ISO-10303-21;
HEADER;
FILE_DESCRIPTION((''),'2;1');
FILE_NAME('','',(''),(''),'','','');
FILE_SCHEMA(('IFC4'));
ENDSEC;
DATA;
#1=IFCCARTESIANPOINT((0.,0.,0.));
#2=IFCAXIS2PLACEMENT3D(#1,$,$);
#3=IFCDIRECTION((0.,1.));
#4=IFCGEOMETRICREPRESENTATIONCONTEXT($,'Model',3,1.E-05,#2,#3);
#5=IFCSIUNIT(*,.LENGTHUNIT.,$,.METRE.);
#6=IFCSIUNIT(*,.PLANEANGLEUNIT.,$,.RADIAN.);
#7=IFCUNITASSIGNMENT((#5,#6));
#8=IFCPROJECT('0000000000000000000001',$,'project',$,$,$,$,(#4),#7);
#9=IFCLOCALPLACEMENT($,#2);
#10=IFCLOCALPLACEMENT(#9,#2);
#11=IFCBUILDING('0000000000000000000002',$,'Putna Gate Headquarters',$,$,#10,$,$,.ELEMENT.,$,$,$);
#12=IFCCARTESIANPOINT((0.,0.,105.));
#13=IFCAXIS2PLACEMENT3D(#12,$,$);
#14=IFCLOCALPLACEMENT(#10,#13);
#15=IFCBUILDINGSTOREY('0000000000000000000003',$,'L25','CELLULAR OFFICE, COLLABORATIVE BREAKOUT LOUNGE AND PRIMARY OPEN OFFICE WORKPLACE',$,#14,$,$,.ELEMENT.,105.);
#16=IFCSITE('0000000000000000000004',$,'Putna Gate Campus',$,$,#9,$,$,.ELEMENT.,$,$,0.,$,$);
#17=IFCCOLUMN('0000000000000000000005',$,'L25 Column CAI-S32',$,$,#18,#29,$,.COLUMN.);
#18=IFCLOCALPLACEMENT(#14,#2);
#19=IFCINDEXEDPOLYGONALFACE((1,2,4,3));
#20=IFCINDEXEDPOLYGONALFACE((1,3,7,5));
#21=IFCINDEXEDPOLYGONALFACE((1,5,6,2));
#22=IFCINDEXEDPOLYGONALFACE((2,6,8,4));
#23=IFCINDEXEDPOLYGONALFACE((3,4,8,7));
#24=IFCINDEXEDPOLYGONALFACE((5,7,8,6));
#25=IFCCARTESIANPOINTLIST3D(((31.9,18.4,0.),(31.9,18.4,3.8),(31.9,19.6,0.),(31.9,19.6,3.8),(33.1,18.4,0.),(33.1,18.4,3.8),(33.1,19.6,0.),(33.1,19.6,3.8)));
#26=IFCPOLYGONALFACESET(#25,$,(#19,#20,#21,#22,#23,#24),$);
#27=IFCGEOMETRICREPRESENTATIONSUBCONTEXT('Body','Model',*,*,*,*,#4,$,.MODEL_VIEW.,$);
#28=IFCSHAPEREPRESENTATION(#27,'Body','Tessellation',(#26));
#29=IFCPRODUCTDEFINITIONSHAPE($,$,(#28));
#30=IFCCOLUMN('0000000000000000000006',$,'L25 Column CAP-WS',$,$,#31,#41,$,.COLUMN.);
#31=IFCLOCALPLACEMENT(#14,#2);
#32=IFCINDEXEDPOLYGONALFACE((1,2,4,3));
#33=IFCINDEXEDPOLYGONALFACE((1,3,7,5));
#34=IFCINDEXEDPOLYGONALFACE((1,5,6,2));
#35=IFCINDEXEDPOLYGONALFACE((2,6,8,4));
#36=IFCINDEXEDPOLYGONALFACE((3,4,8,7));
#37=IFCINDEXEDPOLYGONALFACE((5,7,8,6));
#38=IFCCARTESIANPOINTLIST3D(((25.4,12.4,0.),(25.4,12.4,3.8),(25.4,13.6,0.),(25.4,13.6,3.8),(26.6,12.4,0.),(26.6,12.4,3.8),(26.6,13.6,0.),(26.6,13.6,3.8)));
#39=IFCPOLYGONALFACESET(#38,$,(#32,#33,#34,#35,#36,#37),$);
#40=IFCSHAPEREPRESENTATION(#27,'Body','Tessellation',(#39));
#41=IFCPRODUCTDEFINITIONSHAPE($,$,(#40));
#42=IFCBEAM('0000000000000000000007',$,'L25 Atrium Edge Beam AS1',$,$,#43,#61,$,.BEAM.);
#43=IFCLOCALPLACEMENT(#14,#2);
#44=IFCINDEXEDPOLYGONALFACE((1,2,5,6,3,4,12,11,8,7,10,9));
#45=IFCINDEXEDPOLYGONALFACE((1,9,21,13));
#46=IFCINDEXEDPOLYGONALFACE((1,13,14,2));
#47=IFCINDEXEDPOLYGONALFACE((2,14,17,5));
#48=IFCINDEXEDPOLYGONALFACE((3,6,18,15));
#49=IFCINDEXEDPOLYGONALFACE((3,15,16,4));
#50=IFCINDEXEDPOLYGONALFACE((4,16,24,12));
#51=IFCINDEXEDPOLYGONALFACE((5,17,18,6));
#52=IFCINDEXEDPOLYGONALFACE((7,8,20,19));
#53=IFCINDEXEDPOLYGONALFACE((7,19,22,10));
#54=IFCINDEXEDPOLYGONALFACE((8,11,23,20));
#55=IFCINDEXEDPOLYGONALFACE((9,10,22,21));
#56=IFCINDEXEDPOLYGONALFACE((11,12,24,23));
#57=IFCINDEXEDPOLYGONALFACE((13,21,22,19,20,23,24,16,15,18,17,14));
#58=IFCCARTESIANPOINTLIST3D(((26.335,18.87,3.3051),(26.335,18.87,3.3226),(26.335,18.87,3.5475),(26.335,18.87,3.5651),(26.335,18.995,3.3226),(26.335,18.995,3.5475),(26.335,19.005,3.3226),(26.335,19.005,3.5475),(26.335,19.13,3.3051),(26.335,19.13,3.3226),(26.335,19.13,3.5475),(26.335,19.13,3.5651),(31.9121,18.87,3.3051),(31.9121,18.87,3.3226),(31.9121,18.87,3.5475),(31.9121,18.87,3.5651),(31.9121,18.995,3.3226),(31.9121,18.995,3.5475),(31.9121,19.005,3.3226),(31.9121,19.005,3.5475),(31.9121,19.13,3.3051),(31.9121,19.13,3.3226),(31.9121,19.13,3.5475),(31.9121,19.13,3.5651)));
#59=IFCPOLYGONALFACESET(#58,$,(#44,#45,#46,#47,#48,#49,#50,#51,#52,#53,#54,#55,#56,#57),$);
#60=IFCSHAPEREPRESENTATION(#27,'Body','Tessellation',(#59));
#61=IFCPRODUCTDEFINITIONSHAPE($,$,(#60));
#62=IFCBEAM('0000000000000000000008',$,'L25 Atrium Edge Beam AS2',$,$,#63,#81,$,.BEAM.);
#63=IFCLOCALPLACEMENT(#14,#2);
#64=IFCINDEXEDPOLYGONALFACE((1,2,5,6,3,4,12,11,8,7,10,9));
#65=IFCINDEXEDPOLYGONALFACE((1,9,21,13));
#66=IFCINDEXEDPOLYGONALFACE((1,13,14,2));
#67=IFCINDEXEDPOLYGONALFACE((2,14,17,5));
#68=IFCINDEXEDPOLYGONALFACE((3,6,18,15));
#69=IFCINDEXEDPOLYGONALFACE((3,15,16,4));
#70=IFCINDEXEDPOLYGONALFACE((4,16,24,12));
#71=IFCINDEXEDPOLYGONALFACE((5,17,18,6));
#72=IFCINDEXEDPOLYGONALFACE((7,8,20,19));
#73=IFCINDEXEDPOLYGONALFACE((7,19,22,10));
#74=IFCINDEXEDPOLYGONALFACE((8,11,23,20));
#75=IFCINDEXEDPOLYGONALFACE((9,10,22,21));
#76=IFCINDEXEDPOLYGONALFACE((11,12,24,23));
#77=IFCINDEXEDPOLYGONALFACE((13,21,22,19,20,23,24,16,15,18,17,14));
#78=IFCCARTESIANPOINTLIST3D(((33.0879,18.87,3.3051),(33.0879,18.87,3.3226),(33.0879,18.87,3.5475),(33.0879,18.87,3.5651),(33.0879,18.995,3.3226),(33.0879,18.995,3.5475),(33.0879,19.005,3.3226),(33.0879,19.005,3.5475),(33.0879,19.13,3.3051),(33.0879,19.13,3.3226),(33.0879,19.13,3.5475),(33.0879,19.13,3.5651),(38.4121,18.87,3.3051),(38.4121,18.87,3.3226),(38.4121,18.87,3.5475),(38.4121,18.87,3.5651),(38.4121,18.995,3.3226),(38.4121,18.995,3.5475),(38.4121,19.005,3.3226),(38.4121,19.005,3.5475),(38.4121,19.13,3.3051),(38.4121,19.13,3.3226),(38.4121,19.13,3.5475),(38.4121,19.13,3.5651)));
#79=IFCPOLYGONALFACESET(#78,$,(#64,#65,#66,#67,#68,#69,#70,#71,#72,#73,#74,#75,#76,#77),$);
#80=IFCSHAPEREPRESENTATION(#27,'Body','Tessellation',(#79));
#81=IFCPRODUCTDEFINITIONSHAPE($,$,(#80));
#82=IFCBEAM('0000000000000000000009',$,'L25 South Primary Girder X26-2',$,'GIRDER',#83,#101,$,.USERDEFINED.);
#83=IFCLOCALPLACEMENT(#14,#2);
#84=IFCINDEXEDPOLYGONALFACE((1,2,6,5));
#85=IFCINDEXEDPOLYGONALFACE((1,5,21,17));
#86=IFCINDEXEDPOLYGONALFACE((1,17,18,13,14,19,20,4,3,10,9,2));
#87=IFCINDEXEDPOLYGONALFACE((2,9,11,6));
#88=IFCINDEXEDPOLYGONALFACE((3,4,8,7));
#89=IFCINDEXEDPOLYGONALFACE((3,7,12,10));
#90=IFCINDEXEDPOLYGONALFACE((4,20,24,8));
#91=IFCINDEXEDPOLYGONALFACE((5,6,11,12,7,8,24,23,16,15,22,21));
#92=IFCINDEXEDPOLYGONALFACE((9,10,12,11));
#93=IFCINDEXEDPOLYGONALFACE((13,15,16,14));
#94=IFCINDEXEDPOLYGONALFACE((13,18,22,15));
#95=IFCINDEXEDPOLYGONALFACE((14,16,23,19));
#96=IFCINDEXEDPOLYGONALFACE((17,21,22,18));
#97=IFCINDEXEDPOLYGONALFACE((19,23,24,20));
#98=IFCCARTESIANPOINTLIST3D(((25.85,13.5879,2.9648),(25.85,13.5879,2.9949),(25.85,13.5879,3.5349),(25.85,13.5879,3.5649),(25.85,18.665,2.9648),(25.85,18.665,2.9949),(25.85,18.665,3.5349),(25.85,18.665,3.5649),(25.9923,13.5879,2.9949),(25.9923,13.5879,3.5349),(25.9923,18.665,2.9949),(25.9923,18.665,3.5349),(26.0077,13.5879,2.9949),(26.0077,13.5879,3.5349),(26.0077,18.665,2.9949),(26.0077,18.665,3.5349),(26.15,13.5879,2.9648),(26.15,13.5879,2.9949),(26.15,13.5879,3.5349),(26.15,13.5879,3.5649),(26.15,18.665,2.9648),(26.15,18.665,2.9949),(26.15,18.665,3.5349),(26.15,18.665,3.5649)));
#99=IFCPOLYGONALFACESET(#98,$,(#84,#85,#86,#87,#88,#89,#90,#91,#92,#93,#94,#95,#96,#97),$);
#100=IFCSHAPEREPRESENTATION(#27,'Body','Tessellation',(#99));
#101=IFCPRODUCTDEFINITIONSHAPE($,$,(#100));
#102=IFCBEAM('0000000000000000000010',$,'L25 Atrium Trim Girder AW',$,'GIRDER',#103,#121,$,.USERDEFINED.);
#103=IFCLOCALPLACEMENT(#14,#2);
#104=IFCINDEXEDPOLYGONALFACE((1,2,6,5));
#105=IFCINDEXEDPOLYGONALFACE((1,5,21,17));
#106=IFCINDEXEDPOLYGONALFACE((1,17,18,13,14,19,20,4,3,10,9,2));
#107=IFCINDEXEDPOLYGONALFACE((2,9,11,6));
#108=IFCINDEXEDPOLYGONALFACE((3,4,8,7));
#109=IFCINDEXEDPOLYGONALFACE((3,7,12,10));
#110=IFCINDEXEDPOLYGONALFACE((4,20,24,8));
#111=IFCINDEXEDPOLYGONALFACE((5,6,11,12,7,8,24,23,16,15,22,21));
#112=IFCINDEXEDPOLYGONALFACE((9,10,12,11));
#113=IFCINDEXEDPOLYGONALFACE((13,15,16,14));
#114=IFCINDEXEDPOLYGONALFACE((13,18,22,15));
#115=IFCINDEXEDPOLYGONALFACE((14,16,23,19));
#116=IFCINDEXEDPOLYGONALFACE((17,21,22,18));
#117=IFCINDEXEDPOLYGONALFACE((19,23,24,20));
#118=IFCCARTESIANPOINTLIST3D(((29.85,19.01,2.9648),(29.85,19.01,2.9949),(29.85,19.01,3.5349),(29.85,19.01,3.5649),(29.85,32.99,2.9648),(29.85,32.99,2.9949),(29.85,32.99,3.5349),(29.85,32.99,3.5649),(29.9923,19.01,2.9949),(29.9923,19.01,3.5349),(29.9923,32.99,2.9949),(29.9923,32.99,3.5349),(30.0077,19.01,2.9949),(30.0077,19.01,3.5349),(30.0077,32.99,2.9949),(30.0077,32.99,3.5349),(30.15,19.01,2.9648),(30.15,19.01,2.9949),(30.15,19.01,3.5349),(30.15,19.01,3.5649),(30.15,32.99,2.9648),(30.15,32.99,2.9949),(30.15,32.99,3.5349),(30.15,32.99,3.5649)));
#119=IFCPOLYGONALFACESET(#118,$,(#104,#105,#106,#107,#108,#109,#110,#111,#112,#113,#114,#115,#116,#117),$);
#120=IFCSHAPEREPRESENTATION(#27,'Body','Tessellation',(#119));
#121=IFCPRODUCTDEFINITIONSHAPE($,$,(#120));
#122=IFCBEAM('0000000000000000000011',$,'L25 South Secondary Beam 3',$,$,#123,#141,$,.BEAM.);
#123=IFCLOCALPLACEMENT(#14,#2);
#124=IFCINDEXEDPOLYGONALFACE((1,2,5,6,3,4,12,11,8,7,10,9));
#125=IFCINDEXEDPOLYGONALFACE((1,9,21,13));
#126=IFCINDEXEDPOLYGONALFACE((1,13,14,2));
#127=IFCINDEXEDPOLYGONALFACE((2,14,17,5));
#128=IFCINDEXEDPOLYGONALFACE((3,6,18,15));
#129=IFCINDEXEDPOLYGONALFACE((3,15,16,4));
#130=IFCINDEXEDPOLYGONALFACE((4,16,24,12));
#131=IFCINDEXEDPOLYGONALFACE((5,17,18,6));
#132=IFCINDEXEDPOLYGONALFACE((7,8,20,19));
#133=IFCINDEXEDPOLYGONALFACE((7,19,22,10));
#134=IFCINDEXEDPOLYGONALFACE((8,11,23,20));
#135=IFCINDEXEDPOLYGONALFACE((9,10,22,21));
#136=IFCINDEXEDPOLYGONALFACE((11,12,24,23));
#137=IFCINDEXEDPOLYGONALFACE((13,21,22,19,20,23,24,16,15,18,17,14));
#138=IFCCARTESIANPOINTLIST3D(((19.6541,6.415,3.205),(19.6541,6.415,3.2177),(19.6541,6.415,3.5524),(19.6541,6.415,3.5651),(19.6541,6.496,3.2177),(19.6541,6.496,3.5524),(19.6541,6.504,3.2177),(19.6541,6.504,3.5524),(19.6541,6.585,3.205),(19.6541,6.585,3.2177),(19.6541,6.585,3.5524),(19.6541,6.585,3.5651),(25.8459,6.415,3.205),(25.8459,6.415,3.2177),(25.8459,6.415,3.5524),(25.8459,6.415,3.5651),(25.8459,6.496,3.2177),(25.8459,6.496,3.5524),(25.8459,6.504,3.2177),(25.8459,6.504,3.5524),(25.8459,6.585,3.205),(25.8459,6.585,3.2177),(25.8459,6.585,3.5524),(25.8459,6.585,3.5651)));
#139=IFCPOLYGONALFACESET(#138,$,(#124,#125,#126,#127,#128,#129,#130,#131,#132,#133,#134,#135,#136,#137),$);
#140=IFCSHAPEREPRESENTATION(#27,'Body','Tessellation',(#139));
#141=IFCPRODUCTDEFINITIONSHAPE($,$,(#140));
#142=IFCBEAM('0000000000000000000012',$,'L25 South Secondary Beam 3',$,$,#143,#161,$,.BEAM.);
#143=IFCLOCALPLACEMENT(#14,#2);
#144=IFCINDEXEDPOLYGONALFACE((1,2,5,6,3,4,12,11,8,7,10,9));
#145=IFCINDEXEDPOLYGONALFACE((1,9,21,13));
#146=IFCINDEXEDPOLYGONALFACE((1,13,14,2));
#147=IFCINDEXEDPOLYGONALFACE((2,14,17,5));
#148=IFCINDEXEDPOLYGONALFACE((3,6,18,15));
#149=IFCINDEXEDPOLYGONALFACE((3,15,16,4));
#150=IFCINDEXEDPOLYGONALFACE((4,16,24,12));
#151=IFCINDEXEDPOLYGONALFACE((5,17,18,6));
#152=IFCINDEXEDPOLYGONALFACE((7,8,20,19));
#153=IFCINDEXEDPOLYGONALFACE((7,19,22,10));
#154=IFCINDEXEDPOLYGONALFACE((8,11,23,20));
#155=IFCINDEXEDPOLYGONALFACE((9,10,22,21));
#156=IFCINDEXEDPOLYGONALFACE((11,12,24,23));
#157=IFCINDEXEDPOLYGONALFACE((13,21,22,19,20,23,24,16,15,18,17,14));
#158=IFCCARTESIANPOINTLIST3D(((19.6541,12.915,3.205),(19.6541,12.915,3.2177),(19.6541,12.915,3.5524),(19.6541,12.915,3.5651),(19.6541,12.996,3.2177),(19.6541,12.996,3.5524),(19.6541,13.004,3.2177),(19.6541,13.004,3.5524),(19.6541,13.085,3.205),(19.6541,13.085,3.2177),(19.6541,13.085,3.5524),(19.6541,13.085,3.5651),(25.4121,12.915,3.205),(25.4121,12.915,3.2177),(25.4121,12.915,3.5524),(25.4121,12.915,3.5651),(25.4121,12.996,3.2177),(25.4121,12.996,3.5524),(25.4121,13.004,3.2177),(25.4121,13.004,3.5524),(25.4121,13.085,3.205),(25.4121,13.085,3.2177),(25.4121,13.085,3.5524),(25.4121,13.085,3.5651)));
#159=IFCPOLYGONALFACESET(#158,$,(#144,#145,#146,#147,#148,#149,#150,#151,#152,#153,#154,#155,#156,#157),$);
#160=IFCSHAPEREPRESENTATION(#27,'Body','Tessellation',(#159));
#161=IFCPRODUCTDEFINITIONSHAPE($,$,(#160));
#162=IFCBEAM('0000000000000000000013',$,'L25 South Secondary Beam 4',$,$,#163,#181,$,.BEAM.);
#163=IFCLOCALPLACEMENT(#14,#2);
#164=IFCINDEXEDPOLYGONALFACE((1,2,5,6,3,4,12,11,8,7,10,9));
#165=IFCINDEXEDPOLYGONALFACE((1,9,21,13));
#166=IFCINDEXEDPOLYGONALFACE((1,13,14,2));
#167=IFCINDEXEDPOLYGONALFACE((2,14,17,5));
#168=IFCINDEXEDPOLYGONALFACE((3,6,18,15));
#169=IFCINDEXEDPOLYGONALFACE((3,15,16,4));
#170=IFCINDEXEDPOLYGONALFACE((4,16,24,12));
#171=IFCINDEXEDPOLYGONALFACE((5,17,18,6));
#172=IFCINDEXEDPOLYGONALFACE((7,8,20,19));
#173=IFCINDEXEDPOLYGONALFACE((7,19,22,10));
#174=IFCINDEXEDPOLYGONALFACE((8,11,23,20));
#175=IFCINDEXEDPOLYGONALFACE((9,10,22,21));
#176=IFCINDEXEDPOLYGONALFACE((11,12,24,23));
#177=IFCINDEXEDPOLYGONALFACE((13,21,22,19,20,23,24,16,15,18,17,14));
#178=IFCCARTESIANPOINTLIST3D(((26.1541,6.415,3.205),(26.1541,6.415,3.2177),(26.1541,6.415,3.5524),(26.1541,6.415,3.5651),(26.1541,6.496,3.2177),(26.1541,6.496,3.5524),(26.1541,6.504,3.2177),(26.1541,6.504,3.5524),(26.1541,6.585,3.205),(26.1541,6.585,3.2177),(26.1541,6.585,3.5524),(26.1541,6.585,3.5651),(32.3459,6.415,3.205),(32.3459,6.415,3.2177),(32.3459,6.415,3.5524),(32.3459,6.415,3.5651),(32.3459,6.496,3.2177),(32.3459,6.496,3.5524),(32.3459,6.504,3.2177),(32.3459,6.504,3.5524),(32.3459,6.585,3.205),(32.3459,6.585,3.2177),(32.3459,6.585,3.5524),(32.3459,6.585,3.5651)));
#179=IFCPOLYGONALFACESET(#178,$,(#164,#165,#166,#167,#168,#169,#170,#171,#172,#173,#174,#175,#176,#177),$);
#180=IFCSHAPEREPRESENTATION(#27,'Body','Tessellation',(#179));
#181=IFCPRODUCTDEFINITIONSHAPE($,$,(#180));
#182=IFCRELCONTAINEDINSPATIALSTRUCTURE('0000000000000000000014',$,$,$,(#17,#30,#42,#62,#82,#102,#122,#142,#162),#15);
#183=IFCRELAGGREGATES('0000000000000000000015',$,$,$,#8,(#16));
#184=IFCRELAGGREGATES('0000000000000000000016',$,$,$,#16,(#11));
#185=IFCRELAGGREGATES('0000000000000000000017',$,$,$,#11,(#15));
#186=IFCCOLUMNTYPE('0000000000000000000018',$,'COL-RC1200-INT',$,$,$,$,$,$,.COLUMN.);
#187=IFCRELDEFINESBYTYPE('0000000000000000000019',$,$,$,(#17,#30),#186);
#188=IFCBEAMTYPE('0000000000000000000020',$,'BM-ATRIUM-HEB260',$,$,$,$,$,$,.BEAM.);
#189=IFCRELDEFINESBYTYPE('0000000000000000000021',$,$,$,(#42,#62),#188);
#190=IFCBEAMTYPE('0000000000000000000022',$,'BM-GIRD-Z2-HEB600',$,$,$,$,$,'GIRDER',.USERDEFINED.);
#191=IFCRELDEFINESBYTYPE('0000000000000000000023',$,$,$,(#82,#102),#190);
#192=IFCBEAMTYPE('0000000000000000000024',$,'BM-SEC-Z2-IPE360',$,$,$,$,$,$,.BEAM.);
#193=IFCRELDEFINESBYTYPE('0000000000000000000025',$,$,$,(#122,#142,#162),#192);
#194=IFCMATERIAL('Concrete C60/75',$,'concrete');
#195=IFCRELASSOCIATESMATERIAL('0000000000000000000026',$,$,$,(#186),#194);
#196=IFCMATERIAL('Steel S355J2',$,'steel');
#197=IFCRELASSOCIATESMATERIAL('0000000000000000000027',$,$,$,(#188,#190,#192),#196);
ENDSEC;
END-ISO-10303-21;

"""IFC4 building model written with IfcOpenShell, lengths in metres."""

from ifc_helpers import new_model, si_unit, direction, frame, origin, origin_2d, place, context, subcontext, project, spatial, rectangle, i_section, extrude, material, material_profile, profile_set, type_object, element, save


model = new_model("IFC4")

# Units and contexts
model_context = context("Model", 3, precision=1e-05, world=origin(), true_north=direction((0.0, 1.0)))
body_context = subcontext(model_context, "Body", "Model", "MODEL_VIEW")
ifc_project = project(units=[si_unit("LENGTHUNIT", "METRE"), si_unit("PLANEANGLEUNIT", "RADIAN")], contexts=[model_context])

# Site, building, storey
site_placement = place(None, origin())
site = spatial("IfcSite", under=ifc_project, at=site_placement, Name="Putna Gate Campus", CompositionType="ELEMENT", RefElevation=0.0)
building_placement = place(site_placement, origin())
building = spatial("IfcBuilding", under=site, at=building_placement, Name="Putna Gate Headquarters", CompositionType="ELEMENT")
storey_placement = place(building_placement, frame((0.0, 0.0, 105.0)))
storey = spatial("IfcBuildingStorey", under=building, at=storey_placement, Name="L25", Description="CELLULAR OFFICE, COLLABORATIVE BREAKOUT LOUNGE AND PRIMARY OPEN OFFICE WORKPLACE", CompositionType="ELEMENT", Elevation=105.0)

# Columns
ifc_material_1 = material(Name="Concrete C60/75", Category="concrete")
ifc_material_profile_1 = material_profile(ifc_material_1, rectangle(XDim=1.2, YDim=1.2, at=origin_2d()), Name="Concrete C60/75")
ifc_profile_set_1 = profile_set([ifc_material_profile_1], Name="Concrete C60/75")
column_type = type_object("IfcColumnType", Name="COL-RC1200-INT", PredefinedType="COLUMN", material=ifc_profile_set_1)
for number, where, z_axis, x_axis, name in (
    (1, (32.5, 19.0, 0.0), (0.0, 0.0, 1.0), (1.0, 0.0, 0.0), "L25 Column CAI-S32"),
    (2, (26.0, 13.0, 0.0), (0.0, 0.0, 1.0), (1.0, 0.0, 0.0), "L25 Column CAP-WS"),
):
    element("IfcColumn", number, at=place(storey_placement, frame(where, z_axis=z_axis, x_axis=x_axis)), inside=storey, type_object=column_type, Name=name, PredefinedType="COLUMN", context=body_context, shape_type="SweptSolid", body=[
        extrude(rectangle(XDim=1.2, YDim=1.2, at=origin_2d()), origin(), (0.0, 0.0, 1.0), 3.8),
    ])

# Beams
ifc_material_2 = material(Name="Steel S355J2", Category="steel")
ifc_material_profile_2 = material_profile(ifc_material_2, i_section(OverallWidth=0.26, OverallDepth=0.26, WebThickness=0.01, FlangeThickness=0.0176, at=origin_2d()), Name="Steel S355J2")
ifc_profile_set_2 = profile_set([ifc_material_profile_2], Name="Steel S355J2")
beam_type_1 = type_object("IfcBeamType", Name="BM-ATRIUM-HEB260", PredefinedType="BEAM", material=ifc_profile_set_2)
beam_1_placement = place(storey_placement, frame((26.335, 19.0, 3.4351), z_axis=(1.0, 0.0, 0.0), x_axis=(0.0, 1.0, 0.0)))
element("IfcBeam", 3, at=beam_1_placement, inside=storey, type_object=beam_type_1, Name="L25 Atrium Edge Beam AS1", PredefinedType="BEAM", context=body_context, shape_type="SweptSolid", body=[
    extrude(i_section(OverallWidth=0.26, OverallDepth=0.26, WebThickness=0.01, FlangeThickness=0.0176, at=origin_2d()), origin(), (0.0, 0.0, 1.0), 5.5771),
])
beam_2_placement = place(storey_placement, frame((33.0879, 19.0, 3.4351), z_axis=(1.0, 0.0, 0.0), x_axis=(0.0, 1.0, 0.0)))
element("IfcBeam", 4, at=beam_2_placement, inside=storey, type_object=beam_type_1, Name="L25 Atrium Edge Beam AS2", PredefinedType="BEAM", context=body_context, shape_type="SweptSolid", body=[
    extrude(i_section(OverallWidth=0.26, OverallDepth=0.26, WebThickness=0.01, FlangeThickness=0.0176, at=origin_2d()), origin(), (0.0, 0.0, 1.0), 5.3242),
])
ifc_material_profile_3 = material_profile(ifc_material_2, i_section(OverallWidth=0.3, OverallDepth=0.6001, WebThickness=0.0154, FlangeThickness=0.03, at=origin_2d()), Name="Steel S355J2")
ifc_profile_set_3 = profile_set([ifc_material_profile_3], Name="Steel S355J2")
beam_type_2 = type_object("IfcBeamType", Name="BM-GIRD-Z2-HEB600", ElementType="GIRDER", PredefinedType="USERDEFINED", material=ifc_profile_set_3)
beam_3_placement = place(storey_placement, frame((26.0, 13.5879, 3.2649), z_axis=(0.0, 1.0, 0.0), x_axis=(-1.0, 0.0, 0.0)))
element("IfcBeam", 5, at=beam_3_placement, inside=storey, type_object=beam_type_2, Name="L25 South Primary Girder X26-2", ObjectType="GIRDER", PredefinedType="USERDEFINED", context=body_context, shape_type="SweptSolid", body=[
    extrude(i_section(OverallWidth=0.3, OverallDepth=0.6001, WebThickness=0.0154, FlangeThickness=0.03, at=origin_2d()), origin(), (0.0, 0.0, 1.0), 5.0771),
])
beam_4_placement = place(storey_placement, frame((30.0, 19.01, 3.2649), z_axis=(0.0, 1.0, 0.0), x_axis=(-1.0, 0.0, 0.0)))
element("IfcBeam", 6, at=beam_4_placement, inside=storey, type_object=beam_type_2, Name="L25 Atrium Trim Girder AW", ObjectType="GIRDER", PredefinedType="USERDEFINED", context=body_context, shape_type="SweptSolid", body=[
    extrude(i_section(OverallWidth=0.3, OverallDepth=0.6001, WebThickness=0.0154, FlangeThickness=0.03, at=origin_2d()), origin(), (0.0, 0.0, 1.0), 13.98),
])
ifc_material_profile_4 = material_profile(ifc_material_2, i_section(OverallWidth=0.1699, OverallDepth=0.3601, WebThickness=0.0081, FlangeThickness=0.0127, at=origin_2d()), Name="Steel S355J2")
ifc_profile_set_4 = profile_set([ifc_material_profile_4], Name="Steel S355J2")
beam_type_3 = type_object("IfcBeamType", Name="BM-SEC-Z2-IPE360", PredefinedType="BEAM", material=ifc_profile_set_4)
beam_5_placement = place(storey_placement, frame((19.6541, 6.5, 3.385), z_axis=(1.0, 0.0, 0.0), x_axis=(0.0, 1.0, 0.0)))
element("IfcBeam", 7, at=beam_5_placement, inside=storey, type_object=beam_type_3, Name="L25 South Secondary Beam 3", PredefinedType="BEAM", context=body_context, shape_type="SweptSolid", body=[
    extrude(i_section(OverallWidth=0.1699, OverallDepth=0.3601, WebThickness=0.0081, FlangeThickness=0.0127, at=origin_2d()), origin(), (0.0, 0.0, 1.0), 6.1919),
])
beam_6_placement = place(storey_placement, frame((19.6541, 13.0, 3.385), z_axis=(1.0, 0.0, 0.0), x_axis=(0.0, 1.0, 0.0)))
element("IfcBeam", 8, at=beam_6_placement, inside=storey, type_object=beam_type_3, Name="L25 South Secondary Beam 3", PredefinedType="BEAM", context=body_context, shape_type="SweptSolid", body=[
    extrude(i_section(OverallWidth=0.1699, OverallDepth=0.3601, WebThickness=0.0081, FlangeThickness=0.0127, at=origin_2d()), origin(), (0.0, 0.0, 1.0), 5.7581),
])
beam_7_placement = place(storey_placement, frame((26.1541, 6.5, 3.385), z_axis=(1.0, 0.0, 0.0), x_axis=(0.0, 1.0, 0.0)))
element("IfcBeam", 9, at=beam_7_placement, inside=storey, type_object=beam_type_3, Name="L25 South Secondary Beam 4", PredefinedType="BEAM", context=body_context, shape_type="SweptSolid", body=[
    extrude(i_section(OverallWidth=0.1699, OverallDepth=0.3601, WebThickness=0.0081, FlangeThickness=0.0127, at=origin_2d()), origin(), (0.0, 0.0, 1.0), 6.1919),
])

save(model, "model.ifc")
